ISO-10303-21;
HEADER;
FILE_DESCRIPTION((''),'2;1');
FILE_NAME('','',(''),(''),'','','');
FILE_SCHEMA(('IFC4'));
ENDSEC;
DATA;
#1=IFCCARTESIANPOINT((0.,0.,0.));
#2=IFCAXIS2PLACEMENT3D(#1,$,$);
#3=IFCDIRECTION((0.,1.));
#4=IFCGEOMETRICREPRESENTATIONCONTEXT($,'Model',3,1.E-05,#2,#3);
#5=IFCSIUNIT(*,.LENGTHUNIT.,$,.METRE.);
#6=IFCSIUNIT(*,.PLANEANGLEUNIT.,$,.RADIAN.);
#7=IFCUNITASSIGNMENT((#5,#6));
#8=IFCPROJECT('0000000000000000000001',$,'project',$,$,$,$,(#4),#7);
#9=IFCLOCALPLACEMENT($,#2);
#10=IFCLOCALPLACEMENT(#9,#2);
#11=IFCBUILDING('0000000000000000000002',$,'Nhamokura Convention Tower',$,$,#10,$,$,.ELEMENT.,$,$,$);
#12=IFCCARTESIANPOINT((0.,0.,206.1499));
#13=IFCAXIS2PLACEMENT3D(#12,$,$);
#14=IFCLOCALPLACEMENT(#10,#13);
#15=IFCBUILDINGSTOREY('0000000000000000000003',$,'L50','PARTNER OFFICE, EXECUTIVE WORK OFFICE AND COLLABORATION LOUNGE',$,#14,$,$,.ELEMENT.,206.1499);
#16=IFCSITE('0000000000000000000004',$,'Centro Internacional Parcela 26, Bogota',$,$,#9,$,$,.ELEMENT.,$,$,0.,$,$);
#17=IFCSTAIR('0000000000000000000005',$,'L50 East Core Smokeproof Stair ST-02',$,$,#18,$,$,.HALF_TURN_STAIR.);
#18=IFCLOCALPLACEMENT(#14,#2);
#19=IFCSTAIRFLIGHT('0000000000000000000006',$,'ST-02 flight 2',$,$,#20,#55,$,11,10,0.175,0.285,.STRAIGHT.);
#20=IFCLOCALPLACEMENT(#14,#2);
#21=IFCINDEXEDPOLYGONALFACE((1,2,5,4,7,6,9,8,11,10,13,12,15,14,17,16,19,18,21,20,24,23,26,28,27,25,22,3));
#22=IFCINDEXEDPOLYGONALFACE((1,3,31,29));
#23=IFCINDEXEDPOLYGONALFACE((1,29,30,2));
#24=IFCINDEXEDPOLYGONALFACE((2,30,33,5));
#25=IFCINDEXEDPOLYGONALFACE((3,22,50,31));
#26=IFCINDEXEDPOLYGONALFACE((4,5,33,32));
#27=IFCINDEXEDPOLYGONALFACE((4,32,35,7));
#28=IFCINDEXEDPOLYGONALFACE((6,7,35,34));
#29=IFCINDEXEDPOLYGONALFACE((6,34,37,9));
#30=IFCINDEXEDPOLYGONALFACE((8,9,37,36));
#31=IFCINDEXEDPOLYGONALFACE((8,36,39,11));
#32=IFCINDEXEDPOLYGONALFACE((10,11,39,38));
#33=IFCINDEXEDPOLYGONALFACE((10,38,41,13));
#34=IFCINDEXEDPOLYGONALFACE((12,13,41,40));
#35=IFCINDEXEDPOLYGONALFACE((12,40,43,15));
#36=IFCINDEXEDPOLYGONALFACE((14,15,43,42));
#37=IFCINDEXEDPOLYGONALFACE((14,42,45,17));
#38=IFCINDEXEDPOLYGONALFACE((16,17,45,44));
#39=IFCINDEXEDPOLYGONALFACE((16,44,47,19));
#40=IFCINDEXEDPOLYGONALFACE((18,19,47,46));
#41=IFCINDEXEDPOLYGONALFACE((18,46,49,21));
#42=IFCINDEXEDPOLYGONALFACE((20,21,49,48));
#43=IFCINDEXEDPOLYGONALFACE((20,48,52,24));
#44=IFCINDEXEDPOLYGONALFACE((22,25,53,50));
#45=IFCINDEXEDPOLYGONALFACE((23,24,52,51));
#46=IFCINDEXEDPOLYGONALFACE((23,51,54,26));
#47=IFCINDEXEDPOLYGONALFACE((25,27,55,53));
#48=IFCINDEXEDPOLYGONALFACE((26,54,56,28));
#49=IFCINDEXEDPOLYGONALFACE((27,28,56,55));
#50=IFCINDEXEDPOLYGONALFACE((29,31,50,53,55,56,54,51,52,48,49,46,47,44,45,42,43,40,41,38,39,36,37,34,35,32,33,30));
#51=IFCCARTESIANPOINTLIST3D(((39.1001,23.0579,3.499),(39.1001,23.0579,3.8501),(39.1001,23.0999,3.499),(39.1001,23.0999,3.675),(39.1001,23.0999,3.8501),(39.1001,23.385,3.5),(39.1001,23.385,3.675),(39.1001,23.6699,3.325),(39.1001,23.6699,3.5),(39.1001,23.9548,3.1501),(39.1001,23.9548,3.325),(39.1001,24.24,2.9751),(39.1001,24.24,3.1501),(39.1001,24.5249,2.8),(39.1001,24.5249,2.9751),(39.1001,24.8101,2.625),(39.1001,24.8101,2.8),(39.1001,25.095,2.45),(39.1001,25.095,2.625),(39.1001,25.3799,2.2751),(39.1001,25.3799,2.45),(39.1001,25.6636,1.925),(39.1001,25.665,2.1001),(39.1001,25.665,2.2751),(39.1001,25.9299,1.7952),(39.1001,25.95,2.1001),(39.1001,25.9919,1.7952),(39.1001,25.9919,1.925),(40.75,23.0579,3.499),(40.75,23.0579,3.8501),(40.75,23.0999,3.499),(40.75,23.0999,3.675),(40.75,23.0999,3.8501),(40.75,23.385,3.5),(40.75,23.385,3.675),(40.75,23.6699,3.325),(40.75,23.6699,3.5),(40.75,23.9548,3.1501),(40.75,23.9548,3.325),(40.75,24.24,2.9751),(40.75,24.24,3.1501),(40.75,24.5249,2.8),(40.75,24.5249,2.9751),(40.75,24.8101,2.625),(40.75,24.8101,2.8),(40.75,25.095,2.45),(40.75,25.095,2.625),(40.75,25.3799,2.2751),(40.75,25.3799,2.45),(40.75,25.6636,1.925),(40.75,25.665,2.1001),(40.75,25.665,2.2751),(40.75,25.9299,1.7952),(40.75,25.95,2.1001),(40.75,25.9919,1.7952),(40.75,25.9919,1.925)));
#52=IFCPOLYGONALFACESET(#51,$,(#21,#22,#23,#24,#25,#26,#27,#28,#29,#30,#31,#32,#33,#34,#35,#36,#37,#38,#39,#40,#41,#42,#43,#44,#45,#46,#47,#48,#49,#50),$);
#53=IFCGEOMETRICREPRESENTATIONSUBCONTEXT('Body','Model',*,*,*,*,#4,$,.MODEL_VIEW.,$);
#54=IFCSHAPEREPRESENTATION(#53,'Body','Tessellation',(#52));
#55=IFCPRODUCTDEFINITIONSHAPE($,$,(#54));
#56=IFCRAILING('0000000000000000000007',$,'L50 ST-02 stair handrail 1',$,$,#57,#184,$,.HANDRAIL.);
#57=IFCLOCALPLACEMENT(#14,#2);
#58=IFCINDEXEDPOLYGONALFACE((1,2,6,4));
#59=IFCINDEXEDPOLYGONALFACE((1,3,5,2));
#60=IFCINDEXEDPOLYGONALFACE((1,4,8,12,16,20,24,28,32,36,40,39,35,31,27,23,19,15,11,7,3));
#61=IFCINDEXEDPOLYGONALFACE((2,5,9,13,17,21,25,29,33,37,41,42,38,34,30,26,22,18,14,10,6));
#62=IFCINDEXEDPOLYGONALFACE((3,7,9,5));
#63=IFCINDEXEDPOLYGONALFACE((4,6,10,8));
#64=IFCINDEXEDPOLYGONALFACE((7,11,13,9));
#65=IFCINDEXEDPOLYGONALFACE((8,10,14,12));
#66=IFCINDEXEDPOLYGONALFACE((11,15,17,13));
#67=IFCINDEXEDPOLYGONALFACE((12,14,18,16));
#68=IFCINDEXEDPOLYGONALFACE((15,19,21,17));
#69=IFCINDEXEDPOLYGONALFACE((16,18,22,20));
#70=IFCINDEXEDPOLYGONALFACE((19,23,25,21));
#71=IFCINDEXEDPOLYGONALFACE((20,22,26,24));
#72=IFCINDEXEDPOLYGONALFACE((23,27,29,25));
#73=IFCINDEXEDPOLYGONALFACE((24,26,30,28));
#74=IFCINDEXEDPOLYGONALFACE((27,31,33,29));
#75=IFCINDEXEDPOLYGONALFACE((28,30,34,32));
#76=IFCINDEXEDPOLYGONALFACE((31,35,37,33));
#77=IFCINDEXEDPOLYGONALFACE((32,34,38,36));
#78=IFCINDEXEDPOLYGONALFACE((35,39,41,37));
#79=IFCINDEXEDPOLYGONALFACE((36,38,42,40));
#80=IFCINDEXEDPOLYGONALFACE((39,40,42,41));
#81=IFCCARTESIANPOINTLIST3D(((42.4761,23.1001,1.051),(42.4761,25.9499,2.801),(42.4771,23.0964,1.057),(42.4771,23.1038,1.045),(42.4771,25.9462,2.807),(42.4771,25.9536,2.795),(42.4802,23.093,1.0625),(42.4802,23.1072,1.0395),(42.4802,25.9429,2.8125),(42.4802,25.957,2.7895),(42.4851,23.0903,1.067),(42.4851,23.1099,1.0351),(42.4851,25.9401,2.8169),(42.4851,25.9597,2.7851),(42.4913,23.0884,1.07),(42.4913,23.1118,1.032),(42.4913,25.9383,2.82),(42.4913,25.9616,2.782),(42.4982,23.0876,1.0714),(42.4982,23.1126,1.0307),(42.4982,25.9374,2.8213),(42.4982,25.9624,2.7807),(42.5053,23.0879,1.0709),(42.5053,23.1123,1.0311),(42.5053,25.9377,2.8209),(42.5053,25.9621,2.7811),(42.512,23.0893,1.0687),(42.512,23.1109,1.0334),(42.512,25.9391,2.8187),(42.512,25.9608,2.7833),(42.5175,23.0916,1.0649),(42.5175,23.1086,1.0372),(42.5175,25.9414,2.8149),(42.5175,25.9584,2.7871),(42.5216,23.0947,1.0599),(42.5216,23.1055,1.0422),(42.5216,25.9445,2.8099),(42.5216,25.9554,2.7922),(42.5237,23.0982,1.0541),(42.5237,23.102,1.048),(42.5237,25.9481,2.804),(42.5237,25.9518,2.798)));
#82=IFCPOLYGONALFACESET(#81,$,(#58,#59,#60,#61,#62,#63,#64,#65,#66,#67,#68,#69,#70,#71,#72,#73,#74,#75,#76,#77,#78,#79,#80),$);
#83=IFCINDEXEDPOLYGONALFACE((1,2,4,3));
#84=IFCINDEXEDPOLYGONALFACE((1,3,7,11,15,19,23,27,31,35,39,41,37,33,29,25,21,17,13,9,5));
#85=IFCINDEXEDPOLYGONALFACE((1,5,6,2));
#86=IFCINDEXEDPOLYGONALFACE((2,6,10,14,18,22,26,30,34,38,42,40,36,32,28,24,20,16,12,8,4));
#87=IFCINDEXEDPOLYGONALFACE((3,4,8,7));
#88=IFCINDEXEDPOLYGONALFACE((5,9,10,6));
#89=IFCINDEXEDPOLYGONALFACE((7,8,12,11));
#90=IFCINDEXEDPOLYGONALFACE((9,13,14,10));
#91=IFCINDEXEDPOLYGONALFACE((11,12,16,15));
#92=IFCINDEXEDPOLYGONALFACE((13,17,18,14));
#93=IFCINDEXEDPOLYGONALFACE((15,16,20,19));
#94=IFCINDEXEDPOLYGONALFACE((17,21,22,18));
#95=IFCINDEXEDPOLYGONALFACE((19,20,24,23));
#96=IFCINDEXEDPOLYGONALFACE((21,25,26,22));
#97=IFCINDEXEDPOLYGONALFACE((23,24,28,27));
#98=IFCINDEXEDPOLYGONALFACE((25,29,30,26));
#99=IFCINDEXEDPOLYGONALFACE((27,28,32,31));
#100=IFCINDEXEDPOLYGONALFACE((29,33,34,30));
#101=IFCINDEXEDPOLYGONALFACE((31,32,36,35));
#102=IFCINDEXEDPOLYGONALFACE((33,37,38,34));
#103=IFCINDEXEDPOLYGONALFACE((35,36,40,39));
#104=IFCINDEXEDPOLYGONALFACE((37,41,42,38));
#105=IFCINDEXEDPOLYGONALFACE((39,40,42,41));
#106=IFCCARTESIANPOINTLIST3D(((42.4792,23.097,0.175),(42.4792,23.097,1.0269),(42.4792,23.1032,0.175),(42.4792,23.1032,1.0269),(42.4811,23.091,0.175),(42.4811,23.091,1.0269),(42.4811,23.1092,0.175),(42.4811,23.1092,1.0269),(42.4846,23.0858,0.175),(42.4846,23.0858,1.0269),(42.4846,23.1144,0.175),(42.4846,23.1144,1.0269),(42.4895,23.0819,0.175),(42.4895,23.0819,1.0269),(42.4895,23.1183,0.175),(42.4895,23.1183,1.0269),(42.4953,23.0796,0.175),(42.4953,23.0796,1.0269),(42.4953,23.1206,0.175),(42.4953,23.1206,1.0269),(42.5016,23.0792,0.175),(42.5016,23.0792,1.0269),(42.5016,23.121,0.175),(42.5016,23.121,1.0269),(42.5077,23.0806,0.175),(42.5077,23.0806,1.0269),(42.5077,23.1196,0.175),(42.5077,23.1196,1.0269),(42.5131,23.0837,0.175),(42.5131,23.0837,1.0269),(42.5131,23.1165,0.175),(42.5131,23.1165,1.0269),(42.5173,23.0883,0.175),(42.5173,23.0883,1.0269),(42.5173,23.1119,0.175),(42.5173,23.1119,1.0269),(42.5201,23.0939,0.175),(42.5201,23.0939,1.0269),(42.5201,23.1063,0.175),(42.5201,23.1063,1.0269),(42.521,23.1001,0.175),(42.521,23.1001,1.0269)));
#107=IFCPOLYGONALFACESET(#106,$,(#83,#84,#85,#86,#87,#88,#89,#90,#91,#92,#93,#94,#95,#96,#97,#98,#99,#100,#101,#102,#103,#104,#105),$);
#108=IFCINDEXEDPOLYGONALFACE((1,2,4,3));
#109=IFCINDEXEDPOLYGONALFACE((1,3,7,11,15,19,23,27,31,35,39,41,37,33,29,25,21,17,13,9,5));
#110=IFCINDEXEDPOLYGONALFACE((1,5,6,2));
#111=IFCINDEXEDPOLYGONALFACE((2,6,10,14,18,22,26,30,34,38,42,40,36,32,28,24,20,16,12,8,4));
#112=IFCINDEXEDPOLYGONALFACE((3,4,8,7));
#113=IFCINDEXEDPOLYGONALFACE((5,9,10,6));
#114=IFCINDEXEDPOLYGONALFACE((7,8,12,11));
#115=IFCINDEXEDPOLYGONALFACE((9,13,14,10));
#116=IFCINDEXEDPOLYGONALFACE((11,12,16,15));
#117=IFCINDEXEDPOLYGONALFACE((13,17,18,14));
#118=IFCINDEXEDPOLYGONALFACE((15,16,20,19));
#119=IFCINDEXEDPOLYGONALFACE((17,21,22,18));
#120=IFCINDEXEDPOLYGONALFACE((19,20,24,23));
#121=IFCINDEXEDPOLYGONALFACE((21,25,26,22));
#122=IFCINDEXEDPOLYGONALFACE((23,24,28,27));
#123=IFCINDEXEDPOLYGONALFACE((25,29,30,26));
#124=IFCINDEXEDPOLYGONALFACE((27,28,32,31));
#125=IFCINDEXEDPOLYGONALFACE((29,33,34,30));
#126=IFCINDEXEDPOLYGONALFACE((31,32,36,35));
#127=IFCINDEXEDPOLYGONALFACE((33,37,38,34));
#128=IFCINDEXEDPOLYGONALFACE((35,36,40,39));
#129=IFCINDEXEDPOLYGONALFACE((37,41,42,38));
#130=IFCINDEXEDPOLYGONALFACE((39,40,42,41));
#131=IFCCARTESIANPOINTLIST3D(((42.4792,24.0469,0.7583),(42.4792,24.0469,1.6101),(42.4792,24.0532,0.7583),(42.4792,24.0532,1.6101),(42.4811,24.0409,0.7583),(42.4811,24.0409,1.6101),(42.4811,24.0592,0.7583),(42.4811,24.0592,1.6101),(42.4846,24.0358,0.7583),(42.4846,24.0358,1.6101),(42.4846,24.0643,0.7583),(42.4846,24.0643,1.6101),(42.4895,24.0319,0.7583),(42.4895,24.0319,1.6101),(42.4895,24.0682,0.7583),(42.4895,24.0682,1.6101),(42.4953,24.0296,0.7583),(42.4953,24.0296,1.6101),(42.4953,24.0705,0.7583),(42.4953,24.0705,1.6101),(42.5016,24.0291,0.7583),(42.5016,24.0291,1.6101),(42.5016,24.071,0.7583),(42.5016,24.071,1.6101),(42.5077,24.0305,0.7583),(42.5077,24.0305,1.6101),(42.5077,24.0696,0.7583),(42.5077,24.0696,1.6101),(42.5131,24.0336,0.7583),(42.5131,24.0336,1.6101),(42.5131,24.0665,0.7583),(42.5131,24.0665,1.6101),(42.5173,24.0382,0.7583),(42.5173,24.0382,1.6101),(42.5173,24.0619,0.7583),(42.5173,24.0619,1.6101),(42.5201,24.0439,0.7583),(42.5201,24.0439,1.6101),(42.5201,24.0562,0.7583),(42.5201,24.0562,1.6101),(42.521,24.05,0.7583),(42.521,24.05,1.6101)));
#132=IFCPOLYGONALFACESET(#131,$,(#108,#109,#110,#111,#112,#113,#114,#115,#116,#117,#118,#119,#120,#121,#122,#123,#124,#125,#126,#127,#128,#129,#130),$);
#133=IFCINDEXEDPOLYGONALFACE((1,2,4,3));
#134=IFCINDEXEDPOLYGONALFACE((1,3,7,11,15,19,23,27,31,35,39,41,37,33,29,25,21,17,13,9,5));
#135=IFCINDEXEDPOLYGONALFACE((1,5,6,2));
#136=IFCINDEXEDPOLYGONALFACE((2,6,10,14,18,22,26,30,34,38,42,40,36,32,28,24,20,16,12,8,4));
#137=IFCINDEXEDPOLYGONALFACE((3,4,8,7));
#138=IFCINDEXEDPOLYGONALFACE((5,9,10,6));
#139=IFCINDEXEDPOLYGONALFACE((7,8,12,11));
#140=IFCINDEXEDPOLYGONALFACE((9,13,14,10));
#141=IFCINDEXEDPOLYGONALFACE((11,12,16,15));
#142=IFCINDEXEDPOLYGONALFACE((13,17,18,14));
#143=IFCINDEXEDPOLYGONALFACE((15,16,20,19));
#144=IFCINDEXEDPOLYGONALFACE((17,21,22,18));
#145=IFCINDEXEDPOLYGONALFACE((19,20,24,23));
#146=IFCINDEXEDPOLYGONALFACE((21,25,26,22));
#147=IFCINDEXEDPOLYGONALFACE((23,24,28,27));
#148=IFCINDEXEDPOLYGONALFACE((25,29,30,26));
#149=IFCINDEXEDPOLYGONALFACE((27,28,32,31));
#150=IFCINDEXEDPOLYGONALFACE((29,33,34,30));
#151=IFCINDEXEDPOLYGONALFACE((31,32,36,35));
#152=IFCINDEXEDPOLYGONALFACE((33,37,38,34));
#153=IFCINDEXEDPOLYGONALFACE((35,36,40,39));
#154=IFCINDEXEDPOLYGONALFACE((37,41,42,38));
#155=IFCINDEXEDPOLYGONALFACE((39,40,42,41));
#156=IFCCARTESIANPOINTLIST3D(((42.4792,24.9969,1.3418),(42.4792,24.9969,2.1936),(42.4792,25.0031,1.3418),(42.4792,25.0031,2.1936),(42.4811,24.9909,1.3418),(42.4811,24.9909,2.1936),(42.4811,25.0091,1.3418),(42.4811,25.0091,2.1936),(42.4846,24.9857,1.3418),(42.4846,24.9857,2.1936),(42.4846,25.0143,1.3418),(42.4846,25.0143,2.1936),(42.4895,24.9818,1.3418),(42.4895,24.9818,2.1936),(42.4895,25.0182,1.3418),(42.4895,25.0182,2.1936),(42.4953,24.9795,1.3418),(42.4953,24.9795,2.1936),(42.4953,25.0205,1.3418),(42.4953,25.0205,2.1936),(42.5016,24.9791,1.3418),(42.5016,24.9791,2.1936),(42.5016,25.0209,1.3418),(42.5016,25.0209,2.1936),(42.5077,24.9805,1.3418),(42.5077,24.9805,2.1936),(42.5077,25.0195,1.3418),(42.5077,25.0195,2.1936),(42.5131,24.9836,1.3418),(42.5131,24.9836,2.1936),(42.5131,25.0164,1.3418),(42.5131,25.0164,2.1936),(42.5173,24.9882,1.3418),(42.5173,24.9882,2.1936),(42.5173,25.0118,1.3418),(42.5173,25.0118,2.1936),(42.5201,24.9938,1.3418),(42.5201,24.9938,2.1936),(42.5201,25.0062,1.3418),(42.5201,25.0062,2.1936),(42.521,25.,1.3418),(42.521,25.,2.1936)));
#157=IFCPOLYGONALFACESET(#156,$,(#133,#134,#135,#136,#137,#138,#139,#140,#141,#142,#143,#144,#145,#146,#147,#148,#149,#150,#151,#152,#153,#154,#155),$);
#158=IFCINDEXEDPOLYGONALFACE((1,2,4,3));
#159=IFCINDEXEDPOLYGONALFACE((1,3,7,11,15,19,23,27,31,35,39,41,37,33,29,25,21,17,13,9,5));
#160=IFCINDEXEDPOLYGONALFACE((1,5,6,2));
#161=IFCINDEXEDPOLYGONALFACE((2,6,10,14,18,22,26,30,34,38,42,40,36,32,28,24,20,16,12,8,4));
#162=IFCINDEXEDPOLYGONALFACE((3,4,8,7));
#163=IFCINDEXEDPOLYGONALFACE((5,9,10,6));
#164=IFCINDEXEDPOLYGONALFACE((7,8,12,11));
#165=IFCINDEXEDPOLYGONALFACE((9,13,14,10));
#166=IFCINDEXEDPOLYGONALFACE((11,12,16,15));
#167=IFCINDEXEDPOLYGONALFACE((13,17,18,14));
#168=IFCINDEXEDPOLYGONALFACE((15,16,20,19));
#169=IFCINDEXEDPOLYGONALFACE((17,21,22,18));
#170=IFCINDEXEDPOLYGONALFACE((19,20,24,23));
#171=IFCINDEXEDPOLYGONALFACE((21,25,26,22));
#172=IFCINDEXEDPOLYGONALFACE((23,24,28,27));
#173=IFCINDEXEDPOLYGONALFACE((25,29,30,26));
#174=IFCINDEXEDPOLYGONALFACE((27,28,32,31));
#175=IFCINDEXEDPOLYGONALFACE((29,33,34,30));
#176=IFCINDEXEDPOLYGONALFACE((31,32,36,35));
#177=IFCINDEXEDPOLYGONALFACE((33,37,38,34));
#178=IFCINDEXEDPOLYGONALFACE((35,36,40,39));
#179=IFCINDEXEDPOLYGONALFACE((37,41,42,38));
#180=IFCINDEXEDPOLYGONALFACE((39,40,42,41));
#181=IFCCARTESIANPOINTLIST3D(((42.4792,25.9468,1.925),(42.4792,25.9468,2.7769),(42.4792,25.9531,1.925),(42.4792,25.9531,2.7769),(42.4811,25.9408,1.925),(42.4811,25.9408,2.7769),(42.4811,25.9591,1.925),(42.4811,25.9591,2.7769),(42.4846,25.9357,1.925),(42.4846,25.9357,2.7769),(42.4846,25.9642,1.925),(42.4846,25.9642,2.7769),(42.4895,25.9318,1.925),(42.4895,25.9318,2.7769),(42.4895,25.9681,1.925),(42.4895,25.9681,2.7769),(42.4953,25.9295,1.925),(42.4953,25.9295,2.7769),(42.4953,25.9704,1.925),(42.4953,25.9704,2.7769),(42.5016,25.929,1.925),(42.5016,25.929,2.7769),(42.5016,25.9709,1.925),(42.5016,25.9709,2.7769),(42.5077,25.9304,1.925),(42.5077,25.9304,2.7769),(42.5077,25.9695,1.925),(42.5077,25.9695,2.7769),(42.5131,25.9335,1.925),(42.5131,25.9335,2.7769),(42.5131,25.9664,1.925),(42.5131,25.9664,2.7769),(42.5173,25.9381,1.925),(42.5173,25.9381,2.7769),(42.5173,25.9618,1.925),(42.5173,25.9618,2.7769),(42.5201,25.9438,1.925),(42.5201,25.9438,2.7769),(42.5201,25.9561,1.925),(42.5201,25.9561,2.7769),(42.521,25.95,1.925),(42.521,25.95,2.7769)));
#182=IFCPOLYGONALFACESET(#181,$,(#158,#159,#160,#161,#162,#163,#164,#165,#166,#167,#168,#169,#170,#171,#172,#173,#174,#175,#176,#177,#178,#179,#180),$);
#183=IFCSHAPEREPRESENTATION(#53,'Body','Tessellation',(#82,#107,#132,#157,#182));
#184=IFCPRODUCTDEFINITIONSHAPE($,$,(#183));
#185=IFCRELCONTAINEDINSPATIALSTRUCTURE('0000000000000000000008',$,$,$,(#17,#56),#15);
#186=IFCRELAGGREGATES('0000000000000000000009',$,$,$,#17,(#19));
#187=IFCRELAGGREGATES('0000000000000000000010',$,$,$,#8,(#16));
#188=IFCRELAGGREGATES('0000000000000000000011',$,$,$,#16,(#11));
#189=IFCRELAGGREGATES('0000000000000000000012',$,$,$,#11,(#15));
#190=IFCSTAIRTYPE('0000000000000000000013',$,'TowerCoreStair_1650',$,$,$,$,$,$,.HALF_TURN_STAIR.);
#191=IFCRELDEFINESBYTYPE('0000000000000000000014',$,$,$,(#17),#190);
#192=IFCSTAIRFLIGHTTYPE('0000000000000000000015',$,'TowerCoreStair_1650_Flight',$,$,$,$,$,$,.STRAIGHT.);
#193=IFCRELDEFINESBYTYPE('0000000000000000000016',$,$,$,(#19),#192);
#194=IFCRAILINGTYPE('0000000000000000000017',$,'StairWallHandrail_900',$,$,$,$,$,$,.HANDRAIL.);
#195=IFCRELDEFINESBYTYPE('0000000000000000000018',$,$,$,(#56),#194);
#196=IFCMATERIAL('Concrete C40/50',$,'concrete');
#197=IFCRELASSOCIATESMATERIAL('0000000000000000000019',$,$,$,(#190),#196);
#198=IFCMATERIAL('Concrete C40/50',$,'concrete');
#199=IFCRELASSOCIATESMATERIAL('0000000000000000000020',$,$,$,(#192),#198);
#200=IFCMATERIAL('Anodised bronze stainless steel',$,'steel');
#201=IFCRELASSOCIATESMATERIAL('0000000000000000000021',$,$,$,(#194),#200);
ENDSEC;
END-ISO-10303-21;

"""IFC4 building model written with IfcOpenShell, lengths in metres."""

from ifc_helpers import new_model, si_unit, direction, frame, origin, origin_2d, place, context, subcontext, project, spatial, polyline, circle, outline, extrude, material, type_object, element, aggregate, save


model = new_model("IFC4")

# Units and contexts
model_context = context("Model", 3, precision=1e-05, world=origin(), true_north=direction((0.0, 1.0)))
body_context = subcontext(model_context, "Body", "Model", "MODEL_VIEW")
ifc_project = project(units=[si_unit("LENGTHUNIT", "METRE"), si_unit("PLANEANGLEUNIT", "RADIAN")], contexts=[model_context])

# Site, building, storey
site_placement = place(None, origin())
site = spatial("IfcSite", under=ifc_project, at=site_placement, Name="Centro Internacional Parcela 26, Bogota", CompositionType="ELEMENT", RefElevation=0.0)
building_placement = place(site_placement, origin())
building = spatial("IfcBuilding", under=site, at=building_placement, Name="Nhamokura Convention Tower", CompositionType="ELEMENT")
storey_placement = place(building_placement, frame((0.0, 0.0, 206.1499)))
storey = spatial("IfcBuildingStorey", under=building, at=storey_placement, Name="L50", Description="PARTNER OFFICE, EXECUTIVE WORK OFFICE AND COLLABORATION LOUNGE", CompositionType="ELEMENT", Elevation=206.1499)

# Stair, stair flight
ifc_material_1 = material(Name="Concrete C40/50", Category="concrete")
stair_type = type_object("IfcStairType", Name="TowerCoreStair_1650", PredefinedType="HALF_TURN_STAIR", material=ifc_material_1)
stair_placement = place(storey_placement, origin())
stair = element("IfcStair", 1, at=stair_placement, inside=storey, type_object=stair_type, Name="L50 East Core Smokeproof Stair ST-02", PredefinedType="HALF_TURN_STAIR")
ifc_material_2 = material(Name="Concrete C40/50", Category="concrete")
stair_flight_type = type_object("IfcStairFlightType", Name="TowerCoreStair_1650_Flight", PredefinedType="STRAIGHT", material=ifc_material_2)
stair_flight_1_placement = place(storey_placement, frame((39.925, 25.95, 1.925), z_axis=(0.0, 0.0, 1.0), x_axis=(0.0, -1.0, 0.0)))
stair_flight_1 = element("IfcStairFlight", 2, at=stair_flight_1_placement, type_object=stair_flight_type, Name="ST-02 flight 2", NumberOfRisers=11, NumberOfTreads=10, PredefinedType="STRAIGHT", RiserHeight=0.175, TreadLength=0.285, context=body_context, shape_type="SweptSolid", body=[
    extrude(outline(polyline([(-0.042, 0.0), (0.0, 0.175), (0.2849, 0.175), (0.2849, 0.3501), (0.5701, 0.3501), (0.5701, 0.5249), (0.855, 0.5249), (0.855, 0.7), (1.1399, 0.7), (1.1399, 0.875), (1.425, 0.875), (1.425, 1.05), (1.71, 1.05), (1.71, 1.2251), (1.9951, 1.2251), (1.9951, 1.3999), (2.28, 1.3999), (2.28, 1.575), (2.5649, 1.575), (2.5649, 1.75), (2.8501, 1.75), (2.8501, 1.925), (2.8921, 1.925), (2.8921, 1.574), (2.8501, 1.574), (0.2864, 0.0), (0.02, -0.1299), (-0.042, -0.1299), (-0.042, 0.0)])), frame((0.0, 0.825, 0.0), z_axis=(0.0, -1.0, 0.0), x_axis=(1.0, 0.0, 0.0)), (0.0, 0.0, 1.0), 1.6499),
])
aggregate(stair, [stair_flight_1])

# Railing
ifc_material_3 = material(Name="Anodised bronze stainless steel", Category="steel")
railing_type_1 = type_object("IfcRailingType", Name="StairWallHandrail_900", PredefinedType="HANDRAIL", material=ifc_material_3)
railing_1_placement = place(storey_placement, frame((42.5, 23.1001, 0.175)))
element("IfcRailing", 3, at=railing_1_placement, inside=storey, type_object=railing_type_1, Name="L50 ST-02 stair handrail 1", PredefinedType="HANDRAIL", context=body_context, shape_type="SweptSolid", body=[
    extrude(circle(Radius=0.0239, at=origin_2d()), frame((0.0, 0.0, 0.876), z_axis=(0.0, 0.852159, 0.523283), x_axis=(-1.0, 0.0, 0.0)), (0.0, 0.0, 1.0), 3.3442),
    extrude(circle(Radius=0.021, at=origin_2d()), origin(), (0.0, 0.0, 1.0), 0.8518),
    extrude(circle(Radius=0.021, at=origin_2d()), frame((0.0, 0.95, 0.5833)), (0.0, 0.0, 1.0), 0.8518),
    extrude(circle(Radius=0.021, at=origin_2d()), frame((0.0, 1.8999, 1.1667)), (0.0, 0.0, 1.0), 0.8518),
    extrude(circle(Radius=0.021, at=origin_2d()), frame((0.0, 2.8499, 1.75)), (0.0, 0.0, 1.0), 0.8518),
])

save(model, "model.ifc")
